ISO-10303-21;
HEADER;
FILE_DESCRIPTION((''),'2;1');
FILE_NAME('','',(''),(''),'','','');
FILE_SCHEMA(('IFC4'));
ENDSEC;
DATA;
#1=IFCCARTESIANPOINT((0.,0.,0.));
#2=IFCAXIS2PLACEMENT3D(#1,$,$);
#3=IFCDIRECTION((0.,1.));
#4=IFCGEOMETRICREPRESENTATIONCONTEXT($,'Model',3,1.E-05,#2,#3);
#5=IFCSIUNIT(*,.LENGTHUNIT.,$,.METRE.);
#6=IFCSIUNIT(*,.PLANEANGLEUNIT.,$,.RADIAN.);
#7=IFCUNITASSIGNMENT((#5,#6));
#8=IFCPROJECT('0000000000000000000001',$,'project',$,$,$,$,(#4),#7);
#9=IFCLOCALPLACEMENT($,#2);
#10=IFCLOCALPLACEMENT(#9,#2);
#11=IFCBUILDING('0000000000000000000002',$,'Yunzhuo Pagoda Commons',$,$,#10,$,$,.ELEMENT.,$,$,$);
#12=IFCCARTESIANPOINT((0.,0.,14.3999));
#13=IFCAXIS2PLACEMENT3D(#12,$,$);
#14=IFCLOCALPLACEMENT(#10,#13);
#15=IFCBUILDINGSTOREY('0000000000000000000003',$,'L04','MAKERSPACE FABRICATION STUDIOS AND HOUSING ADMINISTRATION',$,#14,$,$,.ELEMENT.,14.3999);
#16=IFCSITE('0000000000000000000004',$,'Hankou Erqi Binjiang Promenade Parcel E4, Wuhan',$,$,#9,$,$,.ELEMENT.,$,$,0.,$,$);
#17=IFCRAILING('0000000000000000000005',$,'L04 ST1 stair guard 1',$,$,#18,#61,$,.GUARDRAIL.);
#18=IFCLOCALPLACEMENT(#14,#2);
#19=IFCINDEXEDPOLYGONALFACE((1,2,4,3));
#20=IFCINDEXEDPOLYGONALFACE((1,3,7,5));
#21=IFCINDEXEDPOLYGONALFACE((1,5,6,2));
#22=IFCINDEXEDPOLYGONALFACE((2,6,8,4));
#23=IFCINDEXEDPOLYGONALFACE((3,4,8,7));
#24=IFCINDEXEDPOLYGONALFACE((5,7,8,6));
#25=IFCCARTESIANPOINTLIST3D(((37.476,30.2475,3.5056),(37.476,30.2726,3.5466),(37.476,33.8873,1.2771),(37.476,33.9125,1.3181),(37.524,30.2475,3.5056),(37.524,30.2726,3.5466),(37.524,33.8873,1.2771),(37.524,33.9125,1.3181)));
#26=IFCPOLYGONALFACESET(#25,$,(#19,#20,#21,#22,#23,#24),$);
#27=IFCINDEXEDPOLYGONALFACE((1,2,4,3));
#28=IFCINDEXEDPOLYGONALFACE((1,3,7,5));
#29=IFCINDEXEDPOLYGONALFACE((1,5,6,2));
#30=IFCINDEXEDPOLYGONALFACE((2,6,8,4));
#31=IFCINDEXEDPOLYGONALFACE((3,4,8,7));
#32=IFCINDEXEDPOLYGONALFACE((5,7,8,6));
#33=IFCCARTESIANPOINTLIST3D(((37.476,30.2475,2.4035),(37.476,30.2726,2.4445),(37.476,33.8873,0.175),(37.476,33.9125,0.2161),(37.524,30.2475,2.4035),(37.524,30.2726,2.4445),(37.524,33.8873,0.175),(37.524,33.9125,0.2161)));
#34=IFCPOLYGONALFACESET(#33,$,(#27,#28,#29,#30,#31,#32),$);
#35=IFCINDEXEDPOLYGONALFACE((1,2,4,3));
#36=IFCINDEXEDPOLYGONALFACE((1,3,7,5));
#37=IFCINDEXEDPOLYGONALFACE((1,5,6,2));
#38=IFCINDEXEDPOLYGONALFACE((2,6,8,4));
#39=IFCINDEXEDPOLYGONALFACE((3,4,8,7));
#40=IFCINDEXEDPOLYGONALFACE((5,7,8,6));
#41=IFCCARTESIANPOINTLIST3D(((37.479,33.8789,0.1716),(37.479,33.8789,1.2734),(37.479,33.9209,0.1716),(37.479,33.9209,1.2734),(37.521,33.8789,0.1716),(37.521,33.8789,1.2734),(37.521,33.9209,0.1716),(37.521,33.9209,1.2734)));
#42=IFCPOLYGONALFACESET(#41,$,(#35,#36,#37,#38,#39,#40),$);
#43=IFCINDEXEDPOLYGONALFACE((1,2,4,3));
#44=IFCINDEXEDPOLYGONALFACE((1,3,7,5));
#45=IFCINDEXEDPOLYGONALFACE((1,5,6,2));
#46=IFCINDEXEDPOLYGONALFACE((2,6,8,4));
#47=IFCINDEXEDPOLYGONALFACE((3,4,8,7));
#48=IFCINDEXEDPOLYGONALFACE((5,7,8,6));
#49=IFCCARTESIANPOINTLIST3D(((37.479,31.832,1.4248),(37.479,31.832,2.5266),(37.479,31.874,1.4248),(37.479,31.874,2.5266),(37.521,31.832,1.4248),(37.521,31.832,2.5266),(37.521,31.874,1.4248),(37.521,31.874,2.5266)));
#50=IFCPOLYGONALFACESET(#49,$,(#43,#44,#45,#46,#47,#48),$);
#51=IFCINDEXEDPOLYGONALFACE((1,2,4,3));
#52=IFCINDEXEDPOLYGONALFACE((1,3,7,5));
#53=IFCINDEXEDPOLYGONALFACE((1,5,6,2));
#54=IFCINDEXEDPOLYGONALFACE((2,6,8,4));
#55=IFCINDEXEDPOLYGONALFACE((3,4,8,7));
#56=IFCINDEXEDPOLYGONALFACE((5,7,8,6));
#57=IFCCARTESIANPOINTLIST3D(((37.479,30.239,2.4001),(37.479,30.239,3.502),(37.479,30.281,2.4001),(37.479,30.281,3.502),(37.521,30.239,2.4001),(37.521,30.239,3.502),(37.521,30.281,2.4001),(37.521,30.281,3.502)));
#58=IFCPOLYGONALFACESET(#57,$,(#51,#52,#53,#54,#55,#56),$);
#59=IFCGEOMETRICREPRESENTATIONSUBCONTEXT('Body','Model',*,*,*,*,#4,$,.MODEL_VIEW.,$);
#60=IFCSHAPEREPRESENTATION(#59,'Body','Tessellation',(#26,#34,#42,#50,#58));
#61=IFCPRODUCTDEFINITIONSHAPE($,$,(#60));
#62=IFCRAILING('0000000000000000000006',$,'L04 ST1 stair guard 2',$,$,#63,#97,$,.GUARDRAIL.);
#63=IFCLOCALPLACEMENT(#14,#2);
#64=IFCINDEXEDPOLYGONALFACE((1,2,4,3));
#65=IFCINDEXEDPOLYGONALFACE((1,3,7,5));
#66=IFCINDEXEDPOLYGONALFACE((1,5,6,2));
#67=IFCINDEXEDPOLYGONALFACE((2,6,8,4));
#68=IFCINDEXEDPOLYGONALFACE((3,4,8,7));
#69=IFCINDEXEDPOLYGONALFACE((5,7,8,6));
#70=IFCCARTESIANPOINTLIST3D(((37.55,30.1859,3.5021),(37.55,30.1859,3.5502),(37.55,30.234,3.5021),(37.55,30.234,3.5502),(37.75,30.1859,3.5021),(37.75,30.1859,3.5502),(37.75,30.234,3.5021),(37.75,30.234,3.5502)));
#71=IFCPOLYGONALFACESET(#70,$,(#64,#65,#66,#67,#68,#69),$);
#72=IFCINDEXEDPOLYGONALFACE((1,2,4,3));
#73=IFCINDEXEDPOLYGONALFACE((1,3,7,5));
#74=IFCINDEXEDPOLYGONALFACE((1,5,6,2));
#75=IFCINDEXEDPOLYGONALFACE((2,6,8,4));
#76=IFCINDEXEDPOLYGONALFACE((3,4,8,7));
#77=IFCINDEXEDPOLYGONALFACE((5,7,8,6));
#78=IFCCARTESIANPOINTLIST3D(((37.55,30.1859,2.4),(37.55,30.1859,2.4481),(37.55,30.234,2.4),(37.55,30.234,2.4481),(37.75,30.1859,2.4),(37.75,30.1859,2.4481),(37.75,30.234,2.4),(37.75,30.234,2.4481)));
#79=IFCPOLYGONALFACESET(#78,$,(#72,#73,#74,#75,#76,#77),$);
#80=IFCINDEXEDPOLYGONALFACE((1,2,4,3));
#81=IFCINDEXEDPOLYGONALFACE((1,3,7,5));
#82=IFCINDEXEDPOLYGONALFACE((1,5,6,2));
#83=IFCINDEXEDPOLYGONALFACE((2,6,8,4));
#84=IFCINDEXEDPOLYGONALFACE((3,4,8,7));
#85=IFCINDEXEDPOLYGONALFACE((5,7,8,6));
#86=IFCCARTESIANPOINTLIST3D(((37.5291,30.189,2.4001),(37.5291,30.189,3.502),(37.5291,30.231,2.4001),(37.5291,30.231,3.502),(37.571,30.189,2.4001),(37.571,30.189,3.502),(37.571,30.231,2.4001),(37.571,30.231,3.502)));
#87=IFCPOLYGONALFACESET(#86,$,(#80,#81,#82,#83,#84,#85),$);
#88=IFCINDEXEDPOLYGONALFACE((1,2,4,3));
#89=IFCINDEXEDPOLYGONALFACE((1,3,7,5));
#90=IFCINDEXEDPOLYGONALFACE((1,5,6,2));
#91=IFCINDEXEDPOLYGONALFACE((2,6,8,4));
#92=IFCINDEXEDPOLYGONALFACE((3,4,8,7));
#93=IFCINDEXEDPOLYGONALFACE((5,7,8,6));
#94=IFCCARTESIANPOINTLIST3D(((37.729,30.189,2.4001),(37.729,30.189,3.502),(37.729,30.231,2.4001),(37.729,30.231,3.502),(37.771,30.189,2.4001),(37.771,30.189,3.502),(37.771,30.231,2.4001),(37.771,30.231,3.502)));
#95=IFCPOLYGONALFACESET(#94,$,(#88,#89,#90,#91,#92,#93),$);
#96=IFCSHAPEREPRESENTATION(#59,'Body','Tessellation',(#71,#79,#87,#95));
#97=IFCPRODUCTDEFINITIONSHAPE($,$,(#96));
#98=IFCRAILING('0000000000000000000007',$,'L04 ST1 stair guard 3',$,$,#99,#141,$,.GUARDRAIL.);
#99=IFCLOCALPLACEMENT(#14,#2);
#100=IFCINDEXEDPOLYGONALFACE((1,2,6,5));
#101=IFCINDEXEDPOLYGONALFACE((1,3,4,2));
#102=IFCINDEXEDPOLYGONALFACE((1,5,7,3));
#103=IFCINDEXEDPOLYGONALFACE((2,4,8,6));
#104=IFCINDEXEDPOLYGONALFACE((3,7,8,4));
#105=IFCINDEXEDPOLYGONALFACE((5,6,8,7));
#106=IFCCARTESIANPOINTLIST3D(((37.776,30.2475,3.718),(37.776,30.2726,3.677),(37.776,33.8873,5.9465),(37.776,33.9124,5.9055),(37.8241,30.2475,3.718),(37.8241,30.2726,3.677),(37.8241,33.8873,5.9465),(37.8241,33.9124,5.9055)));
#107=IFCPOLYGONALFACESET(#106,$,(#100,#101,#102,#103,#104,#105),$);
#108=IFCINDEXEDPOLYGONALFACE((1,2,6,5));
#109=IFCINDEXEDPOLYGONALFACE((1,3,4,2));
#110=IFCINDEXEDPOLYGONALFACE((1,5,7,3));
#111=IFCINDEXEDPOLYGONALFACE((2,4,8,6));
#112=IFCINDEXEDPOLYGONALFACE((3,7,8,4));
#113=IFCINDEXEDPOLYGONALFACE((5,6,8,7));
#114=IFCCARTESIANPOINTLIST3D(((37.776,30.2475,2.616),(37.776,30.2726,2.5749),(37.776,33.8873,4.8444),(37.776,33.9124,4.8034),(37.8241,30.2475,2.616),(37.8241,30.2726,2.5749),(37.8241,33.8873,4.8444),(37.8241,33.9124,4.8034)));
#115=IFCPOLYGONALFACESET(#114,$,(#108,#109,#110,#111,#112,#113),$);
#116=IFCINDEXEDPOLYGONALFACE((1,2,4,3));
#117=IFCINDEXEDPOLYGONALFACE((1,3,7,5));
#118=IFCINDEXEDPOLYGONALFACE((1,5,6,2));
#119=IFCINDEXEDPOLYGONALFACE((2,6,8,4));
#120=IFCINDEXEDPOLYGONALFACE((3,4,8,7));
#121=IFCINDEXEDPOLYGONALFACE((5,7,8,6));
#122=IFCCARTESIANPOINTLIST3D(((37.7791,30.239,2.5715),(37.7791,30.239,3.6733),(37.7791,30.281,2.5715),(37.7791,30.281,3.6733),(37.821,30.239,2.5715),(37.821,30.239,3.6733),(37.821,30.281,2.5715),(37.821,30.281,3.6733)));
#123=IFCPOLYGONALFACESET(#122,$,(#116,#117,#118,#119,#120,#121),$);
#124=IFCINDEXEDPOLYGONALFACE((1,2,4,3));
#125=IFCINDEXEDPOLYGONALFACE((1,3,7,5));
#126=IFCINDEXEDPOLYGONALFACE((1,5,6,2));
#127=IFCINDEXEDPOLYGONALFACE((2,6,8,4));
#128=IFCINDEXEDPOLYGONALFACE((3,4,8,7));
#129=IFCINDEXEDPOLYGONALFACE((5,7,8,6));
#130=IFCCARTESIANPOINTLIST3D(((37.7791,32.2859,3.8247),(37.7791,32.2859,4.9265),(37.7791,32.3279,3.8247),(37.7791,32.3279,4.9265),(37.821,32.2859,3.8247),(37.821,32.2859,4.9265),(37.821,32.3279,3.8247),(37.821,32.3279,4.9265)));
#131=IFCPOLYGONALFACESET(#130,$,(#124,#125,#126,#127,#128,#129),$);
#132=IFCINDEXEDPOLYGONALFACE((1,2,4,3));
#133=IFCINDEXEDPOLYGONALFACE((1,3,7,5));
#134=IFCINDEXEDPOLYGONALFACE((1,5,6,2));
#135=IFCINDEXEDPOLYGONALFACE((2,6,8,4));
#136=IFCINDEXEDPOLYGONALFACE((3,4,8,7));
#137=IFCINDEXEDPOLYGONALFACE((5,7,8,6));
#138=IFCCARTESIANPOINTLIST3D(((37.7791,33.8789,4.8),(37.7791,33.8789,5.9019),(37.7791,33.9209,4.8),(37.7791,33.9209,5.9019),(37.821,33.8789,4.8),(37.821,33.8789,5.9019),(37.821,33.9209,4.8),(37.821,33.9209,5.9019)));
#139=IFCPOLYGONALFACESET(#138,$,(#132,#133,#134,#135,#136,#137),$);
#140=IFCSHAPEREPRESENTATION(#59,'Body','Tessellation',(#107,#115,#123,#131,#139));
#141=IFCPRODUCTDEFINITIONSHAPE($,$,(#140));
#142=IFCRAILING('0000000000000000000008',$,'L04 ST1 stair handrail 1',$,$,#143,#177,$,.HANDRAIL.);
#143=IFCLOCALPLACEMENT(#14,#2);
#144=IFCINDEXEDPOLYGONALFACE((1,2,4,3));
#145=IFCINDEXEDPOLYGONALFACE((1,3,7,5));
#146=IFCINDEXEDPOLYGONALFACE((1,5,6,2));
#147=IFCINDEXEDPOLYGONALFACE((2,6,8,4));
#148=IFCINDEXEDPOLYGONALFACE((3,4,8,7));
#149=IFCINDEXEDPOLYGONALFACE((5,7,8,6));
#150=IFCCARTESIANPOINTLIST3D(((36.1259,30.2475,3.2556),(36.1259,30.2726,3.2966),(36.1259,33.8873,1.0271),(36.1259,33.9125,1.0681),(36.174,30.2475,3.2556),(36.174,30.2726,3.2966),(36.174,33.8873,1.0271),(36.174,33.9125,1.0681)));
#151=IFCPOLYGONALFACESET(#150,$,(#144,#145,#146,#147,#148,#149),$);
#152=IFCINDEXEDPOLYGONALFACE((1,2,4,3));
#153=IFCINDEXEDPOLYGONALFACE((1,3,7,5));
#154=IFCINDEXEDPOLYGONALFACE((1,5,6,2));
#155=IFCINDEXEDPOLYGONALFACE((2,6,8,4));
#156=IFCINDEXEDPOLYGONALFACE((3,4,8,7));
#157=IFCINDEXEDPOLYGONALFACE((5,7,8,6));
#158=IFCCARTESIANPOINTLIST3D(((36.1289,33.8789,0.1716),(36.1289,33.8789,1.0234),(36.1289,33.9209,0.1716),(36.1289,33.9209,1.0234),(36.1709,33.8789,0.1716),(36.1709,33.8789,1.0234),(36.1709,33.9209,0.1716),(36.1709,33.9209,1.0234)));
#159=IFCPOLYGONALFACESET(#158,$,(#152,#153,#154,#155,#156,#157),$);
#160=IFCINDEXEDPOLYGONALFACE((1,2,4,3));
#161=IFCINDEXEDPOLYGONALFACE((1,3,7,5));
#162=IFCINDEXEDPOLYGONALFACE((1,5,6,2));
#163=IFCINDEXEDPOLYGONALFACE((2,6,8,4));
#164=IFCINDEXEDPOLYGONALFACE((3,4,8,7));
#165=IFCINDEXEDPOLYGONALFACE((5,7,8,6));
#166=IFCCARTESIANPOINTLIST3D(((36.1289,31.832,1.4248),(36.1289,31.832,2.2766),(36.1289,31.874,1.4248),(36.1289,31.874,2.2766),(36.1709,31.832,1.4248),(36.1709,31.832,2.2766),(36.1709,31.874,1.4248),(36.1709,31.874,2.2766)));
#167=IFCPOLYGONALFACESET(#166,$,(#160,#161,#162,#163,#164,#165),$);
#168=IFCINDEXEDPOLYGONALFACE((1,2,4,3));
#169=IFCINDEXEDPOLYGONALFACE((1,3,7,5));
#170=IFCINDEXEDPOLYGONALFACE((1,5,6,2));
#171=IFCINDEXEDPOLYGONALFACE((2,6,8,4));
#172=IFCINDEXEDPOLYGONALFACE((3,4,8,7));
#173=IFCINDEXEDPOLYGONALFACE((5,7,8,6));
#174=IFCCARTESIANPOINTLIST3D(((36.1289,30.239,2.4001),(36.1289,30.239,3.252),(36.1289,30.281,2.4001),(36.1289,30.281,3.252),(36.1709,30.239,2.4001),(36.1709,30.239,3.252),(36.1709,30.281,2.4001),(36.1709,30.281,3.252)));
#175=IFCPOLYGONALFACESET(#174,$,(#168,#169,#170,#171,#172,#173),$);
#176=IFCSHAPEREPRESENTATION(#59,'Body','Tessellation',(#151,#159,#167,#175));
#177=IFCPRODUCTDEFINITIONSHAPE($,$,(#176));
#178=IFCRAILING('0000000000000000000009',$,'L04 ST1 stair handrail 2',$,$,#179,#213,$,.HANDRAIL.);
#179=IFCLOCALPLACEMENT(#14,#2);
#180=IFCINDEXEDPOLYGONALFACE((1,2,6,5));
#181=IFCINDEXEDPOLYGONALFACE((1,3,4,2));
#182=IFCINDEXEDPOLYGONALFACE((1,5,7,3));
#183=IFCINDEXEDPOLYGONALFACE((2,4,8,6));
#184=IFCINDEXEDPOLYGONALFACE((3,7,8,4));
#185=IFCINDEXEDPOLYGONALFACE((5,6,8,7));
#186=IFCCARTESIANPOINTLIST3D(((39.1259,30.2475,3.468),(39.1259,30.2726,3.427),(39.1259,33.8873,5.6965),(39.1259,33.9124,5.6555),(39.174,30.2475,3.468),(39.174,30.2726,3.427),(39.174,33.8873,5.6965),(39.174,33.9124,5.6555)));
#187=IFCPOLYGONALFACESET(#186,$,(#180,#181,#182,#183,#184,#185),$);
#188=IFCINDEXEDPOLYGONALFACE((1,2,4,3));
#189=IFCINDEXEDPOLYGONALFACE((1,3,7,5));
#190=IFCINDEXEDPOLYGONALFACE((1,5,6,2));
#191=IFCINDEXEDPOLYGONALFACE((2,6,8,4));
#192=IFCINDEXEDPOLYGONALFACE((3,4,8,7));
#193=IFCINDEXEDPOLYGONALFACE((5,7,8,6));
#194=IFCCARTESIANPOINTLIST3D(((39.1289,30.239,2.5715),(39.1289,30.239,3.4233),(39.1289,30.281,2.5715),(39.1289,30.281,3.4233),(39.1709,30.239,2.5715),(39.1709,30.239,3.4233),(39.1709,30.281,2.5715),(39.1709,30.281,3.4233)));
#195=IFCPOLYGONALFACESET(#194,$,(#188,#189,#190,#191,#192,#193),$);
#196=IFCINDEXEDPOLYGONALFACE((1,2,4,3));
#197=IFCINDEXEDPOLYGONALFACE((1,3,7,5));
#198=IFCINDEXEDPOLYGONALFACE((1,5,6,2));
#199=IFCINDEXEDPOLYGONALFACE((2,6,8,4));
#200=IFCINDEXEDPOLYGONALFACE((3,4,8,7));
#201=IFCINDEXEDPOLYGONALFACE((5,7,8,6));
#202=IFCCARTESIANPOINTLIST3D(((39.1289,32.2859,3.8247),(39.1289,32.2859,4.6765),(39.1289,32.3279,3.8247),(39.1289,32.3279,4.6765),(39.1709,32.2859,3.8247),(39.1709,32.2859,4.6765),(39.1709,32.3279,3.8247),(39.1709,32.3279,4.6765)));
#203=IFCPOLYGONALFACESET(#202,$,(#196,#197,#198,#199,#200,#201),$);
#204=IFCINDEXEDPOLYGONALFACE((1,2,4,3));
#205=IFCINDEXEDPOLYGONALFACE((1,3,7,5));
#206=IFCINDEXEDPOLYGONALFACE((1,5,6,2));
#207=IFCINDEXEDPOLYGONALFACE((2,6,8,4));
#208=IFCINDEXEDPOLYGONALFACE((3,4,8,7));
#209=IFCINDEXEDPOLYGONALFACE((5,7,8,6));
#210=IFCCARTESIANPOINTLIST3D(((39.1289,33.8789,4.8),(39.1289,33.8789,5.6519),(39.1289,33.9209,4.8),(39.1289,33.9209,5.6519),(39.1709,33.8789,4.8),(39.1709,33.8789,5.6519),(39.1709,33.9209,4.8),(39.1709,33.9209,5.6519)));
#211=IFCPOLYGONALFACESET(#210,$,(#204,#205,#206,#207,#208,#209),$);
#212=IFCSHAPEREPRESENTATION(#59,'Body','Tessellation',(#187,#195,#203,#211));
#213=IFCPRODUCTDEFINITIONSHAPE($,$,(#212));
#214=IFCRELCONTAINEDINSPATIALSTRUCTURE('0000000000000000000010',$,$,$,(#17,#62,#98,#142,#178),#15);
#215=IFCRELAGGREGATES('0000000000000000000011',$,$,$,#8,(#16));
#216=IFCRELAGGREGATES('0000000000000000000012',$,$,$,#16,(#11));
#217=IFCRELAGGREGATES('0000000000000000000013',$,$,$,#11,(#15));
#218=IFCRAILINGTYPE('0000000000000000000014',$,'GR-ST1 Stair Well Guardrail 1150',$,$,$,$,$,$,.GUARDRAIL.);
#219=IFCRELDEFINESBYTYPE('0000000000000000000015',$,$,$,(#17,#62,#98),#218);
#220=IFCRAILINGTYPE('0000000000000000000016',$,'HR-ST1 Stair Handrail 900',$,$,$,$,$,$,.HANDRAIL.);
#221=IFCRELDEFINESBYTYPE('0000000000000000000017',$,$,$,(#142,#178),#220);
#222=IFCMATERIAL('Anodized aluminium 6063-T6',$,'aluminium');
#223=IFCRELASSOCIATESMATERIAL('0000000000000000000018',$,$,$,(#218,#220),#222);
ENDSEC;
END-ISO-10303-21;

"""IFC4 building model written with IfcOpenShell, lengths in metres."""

from ifc_helpers import new_model, si_unit, direction, frame, origin, origin_2d, place, context, subcontext, project, spatial, rectangle, extrude, material, type_object, element, save


model = new_model("IFC4")

# Units and contexts
model_context = context("Model", 3, precision=1e-05, world=origin(), true_north=direction((0.0, 1.0)))
body_context = subcontext(model_context, "Body", "Model", "MODEL_VIEW")
ifc_project = project(units=[si_unit("LENGTHUNIT", "METRE"), si_unit("PLANEANGLEUNIT", "RADIAN")], contexts=[model_context])

# Site, building, storey
site_placement = place(None, origin())
site = spatial("IfcSite", under=ifc_project, at=site_placement, Name="Hankou Erqi Binjiang Promenade Parcel E4, Wuhan", CompositionType="ELEMENT", RefElevation=0.0)
building_placement = place(site_placement, origin())
building = spatial("IfcBuilding", under=site, at=building_placement, Name="Yunzhuo Pagoda Commons", CompositionType="ELEMENT")
storey_placement = place(building_placement, frame((0.0, 0.0, 14.3999)))
storey = spatial("IfcBuildingStorey", under=building, at=storey_placement, Name="L04", Description="MAKERSPACE FABRICATION STUDIOS AND HOUSING ADMINISTRATION", CompositionType="ELEMENT", Elevation=14.3999)

# Railings
ifc_material_1 = material(Name="Anodized aluminium 6063-T6", Category="aluminium")
railing_type_1 = type_object("IfcRailingType", Name="GR-ST1 Stair Well Guardrail 1150", PredefinedType="GUARDRAIL", material=ifc_material_1)
railing_1_placement = place(storey_placement, frame((37.5, 33.8999, 0.1716)))
element("IfcRailing", 1, at=railing_1_placement, inside=storey, type_object=railing_type_1, Name="L04 ST1 stair guard 1", PredefinedType="GUARDRAIL", context=body_context, shape_type="SweptSolid", body=[
    extrude(rectangle(XDim=0.0481, YDim=0.0481, at=origin_2d()), frame((0.0, 0.0, 1.126), z_axis=(0.0, -0.85285, 0.522156), x_axis=(1.0, 0.0, 0.0)), (0.0, 0.0, 1.0), 4.2678),
    extrude(rectangle(XDim=0.0481, YDim=0.0481, at=origin_2d()), frame((0.0, 0.0, 0.0239), z_axis=(0.0, -0.85285, 0.522156), x_axis=(1.0, 0.0, 0.0)), (0.0, 0.0, 1.0), 4.2678),
    extrude(rectangle(XDim=0.042, YDim=0.042, at=origin_2d()), origin(), (0.0, 0.0, 1.0), 1.1018),
    extrude(rectangle(XDim=0.042, YDim=0.042, at=origin_2d()), frame((0.0, -2.0469, 1.2532)), (0.0, 0.0, 1.0), 1.1018),
    extrude(rectangle(XDim=0.042, YDim=0.042, at=origin_2d()), frame((0.0, -3.6399, 2.2285)), (0.0, 0.0, 1.0), 1.1018),
])
railing_2_placement = place(storey_placement, frame((37.55, 30.21, 2.4001)))
element("IfcRailing", 2, at=railing_2_placement, inside=storey, type_object=railing_type_1, Name="L04 ST1 stair guard 2", PredefinedType="GUARDRAIL", context=body_context, shape_type="SweptSolid", body=[
    extrude(rectangle(XDim=0.0481, YDim=0.0481, at=origin_2d()), frame((0.0, 0.0, 1.126), z_axis=(1.0, 0.0, 0.0), x_axis=(0.0, 1.0, 0.0)), (0.0, 0.0, 1.0), 0.2),
    extrude(rectangle(XDim=0.0481, YDim=0.0481, at=origin_2d()), frame((0.0, 0.0, 0.0239), z_axis=(1.0, 0.0, 0.0), x_axis=(0.0, 1.0, 0.0)), (0.0, 0.0, 1.0), 0.2),
    extrude(rectangle(XDim=0.042, YDim=0.042, at=origin_2d()), origin(), (0.0, 0.0, 1.0), 1.1018),
    extrude(rectangle(XDim=0.042, YDim=0.042, at=origin_2d()), frame((0.2, 0.0, 0.0)), (0.0, 0.0, 1.0), 1.1018),
])
railing_3_placement = place(storey_placement, frame((37.8, 30.26, 2.5715)))
element("IfcRailing", 3, at=railing_3_placement, inside=storey, type_object=railing_type_1, Name="L04 ST1 stair guard 3", PredefinedType="GUARDRAIL", context=body_context, shape_type="SweptSolid", body=[
    extrude(rectangle(XDim=0.0481, YDim=0.0481, at=origin_2d()), frame((0.0, 0.0, 1.126), z_axis=(0.0, 0.85285, 0.522156), x_axis=(-1.0, 0.0, 0.0)), (0.0, 0.0, 1.0), 4.2678),
    extrude(rectangle(XDim=0.0481, YDim=0.0481, at=origin_2d()), frame((0.0, 0.0, 0.0239), z_axis=(0.0, 0.85285, 0.522156), x_axis=(-1.0, 0.0, 0.0)), (0.0, 0.0, 1.0), 4.2678),
    extrude(rectangle(XDim=0.042, YDim=0.042, at=origin_2d()), origin(), (0.0, 0.0, 1.0), 1.1018),
    extrude(rectangle(XDim=0.042, YDim=0.042, at=origin_2d()), frame((0.0, 2.0469, 1.2532)), (0.0, 0.0, 1.0), 1.1018),
    extrude(rectangle(XDim=0.042, YDim=0.042, at=origin_2d()), frame((0.0, 3.6399, 2.2285)), (0.0, 0.0, 1.0), 1.1018),
])
railing_type_2 = type_object("IfcRailingType", Name="HR-ST1 Stair Handrail 900", PredefinedType="HANDRAIL", material=ifc_material_1)
railing_4_placement = place(storey_placement, frame((36.1499, 33.8999, 0.1716)))
element("IfcRailing", 4, at=railing_4_placement, inside=storey, type_object=railing_type_2, Name="L04 ST1 stair handrail 1", PredefinedType="HANDRAIL", context=body_context, shape_type="SweptSolid", body=[
    extrude(rectangle(XDim=0.0481, YDim=0.0481, at=origin_2d()), frame((0.0, 0.0, 0.876), z_axis=(0.0, -0.85285, 0.522156), x_axis=(1.0, 0.0, 0.0)), (0.0, 0.0, 1.0), 4.2678),
    extrude(rectangle(XDim=0.042, YDim=0.042, at=origin_2d()), origin(), (0.0, 0.0, 1.0), 0.8518),
    extrude(rectangle(XDim=0.042, YDim=0.042, at=origin_2d()), frame((0.0, -2.0469, 1.2532)), (0.0, 0.0, 1.0), 0.8518),
    extrude(rectangle(XDim=0.042, YDim=0.042, at=origin_2d()), frame((0.0, -3.6399, 2.2285)), (0.0, 0.0, 1.0), 0.8518),
])
railing_5_placement = place(storey_placement, frame((39.1499, 30.26, 2.5715)))
element("IfcRailing", 5, at=railing_5_placement, inside=storey, type_object=railing_type_2, Name="L04 ST1 stair handrail 2", PredefinedType="HANDRAIL", context=body_context, shape_type="SweptSolid", body=[
    extrude(rectangle(XDim=0.0481, YDim=0.0481, at=origin_2d()), frame((0.0, 0.0, 0.876), z_axis=(0.0, 0.85285, 0.522156), x_axis=(-1.0, 0.0, 0.0)), (0.0, 0.0, 1.0), 4.2678),
    extrude(rectangle(XDim=0.042, YDim=0.042, at=origin_2d()), origin(), (0.0, 0.0, 1.0), 0.8518),
    extrude(rectangle(XDim=0.042, YDim=0.042, at=origin_2d()), frame((0.0, 2.0469, 1.2532)), (0.0, 0.0, 1.0), 0.8518),
    extrude(rectangle(XDim=0.042, YDim=0.042, at=origin_2d()), frame((0.0, 3.6399, 2.2285)), (0.0, 0.0, 1.0), 0.8518),
])

save(model, "model.ifc")
